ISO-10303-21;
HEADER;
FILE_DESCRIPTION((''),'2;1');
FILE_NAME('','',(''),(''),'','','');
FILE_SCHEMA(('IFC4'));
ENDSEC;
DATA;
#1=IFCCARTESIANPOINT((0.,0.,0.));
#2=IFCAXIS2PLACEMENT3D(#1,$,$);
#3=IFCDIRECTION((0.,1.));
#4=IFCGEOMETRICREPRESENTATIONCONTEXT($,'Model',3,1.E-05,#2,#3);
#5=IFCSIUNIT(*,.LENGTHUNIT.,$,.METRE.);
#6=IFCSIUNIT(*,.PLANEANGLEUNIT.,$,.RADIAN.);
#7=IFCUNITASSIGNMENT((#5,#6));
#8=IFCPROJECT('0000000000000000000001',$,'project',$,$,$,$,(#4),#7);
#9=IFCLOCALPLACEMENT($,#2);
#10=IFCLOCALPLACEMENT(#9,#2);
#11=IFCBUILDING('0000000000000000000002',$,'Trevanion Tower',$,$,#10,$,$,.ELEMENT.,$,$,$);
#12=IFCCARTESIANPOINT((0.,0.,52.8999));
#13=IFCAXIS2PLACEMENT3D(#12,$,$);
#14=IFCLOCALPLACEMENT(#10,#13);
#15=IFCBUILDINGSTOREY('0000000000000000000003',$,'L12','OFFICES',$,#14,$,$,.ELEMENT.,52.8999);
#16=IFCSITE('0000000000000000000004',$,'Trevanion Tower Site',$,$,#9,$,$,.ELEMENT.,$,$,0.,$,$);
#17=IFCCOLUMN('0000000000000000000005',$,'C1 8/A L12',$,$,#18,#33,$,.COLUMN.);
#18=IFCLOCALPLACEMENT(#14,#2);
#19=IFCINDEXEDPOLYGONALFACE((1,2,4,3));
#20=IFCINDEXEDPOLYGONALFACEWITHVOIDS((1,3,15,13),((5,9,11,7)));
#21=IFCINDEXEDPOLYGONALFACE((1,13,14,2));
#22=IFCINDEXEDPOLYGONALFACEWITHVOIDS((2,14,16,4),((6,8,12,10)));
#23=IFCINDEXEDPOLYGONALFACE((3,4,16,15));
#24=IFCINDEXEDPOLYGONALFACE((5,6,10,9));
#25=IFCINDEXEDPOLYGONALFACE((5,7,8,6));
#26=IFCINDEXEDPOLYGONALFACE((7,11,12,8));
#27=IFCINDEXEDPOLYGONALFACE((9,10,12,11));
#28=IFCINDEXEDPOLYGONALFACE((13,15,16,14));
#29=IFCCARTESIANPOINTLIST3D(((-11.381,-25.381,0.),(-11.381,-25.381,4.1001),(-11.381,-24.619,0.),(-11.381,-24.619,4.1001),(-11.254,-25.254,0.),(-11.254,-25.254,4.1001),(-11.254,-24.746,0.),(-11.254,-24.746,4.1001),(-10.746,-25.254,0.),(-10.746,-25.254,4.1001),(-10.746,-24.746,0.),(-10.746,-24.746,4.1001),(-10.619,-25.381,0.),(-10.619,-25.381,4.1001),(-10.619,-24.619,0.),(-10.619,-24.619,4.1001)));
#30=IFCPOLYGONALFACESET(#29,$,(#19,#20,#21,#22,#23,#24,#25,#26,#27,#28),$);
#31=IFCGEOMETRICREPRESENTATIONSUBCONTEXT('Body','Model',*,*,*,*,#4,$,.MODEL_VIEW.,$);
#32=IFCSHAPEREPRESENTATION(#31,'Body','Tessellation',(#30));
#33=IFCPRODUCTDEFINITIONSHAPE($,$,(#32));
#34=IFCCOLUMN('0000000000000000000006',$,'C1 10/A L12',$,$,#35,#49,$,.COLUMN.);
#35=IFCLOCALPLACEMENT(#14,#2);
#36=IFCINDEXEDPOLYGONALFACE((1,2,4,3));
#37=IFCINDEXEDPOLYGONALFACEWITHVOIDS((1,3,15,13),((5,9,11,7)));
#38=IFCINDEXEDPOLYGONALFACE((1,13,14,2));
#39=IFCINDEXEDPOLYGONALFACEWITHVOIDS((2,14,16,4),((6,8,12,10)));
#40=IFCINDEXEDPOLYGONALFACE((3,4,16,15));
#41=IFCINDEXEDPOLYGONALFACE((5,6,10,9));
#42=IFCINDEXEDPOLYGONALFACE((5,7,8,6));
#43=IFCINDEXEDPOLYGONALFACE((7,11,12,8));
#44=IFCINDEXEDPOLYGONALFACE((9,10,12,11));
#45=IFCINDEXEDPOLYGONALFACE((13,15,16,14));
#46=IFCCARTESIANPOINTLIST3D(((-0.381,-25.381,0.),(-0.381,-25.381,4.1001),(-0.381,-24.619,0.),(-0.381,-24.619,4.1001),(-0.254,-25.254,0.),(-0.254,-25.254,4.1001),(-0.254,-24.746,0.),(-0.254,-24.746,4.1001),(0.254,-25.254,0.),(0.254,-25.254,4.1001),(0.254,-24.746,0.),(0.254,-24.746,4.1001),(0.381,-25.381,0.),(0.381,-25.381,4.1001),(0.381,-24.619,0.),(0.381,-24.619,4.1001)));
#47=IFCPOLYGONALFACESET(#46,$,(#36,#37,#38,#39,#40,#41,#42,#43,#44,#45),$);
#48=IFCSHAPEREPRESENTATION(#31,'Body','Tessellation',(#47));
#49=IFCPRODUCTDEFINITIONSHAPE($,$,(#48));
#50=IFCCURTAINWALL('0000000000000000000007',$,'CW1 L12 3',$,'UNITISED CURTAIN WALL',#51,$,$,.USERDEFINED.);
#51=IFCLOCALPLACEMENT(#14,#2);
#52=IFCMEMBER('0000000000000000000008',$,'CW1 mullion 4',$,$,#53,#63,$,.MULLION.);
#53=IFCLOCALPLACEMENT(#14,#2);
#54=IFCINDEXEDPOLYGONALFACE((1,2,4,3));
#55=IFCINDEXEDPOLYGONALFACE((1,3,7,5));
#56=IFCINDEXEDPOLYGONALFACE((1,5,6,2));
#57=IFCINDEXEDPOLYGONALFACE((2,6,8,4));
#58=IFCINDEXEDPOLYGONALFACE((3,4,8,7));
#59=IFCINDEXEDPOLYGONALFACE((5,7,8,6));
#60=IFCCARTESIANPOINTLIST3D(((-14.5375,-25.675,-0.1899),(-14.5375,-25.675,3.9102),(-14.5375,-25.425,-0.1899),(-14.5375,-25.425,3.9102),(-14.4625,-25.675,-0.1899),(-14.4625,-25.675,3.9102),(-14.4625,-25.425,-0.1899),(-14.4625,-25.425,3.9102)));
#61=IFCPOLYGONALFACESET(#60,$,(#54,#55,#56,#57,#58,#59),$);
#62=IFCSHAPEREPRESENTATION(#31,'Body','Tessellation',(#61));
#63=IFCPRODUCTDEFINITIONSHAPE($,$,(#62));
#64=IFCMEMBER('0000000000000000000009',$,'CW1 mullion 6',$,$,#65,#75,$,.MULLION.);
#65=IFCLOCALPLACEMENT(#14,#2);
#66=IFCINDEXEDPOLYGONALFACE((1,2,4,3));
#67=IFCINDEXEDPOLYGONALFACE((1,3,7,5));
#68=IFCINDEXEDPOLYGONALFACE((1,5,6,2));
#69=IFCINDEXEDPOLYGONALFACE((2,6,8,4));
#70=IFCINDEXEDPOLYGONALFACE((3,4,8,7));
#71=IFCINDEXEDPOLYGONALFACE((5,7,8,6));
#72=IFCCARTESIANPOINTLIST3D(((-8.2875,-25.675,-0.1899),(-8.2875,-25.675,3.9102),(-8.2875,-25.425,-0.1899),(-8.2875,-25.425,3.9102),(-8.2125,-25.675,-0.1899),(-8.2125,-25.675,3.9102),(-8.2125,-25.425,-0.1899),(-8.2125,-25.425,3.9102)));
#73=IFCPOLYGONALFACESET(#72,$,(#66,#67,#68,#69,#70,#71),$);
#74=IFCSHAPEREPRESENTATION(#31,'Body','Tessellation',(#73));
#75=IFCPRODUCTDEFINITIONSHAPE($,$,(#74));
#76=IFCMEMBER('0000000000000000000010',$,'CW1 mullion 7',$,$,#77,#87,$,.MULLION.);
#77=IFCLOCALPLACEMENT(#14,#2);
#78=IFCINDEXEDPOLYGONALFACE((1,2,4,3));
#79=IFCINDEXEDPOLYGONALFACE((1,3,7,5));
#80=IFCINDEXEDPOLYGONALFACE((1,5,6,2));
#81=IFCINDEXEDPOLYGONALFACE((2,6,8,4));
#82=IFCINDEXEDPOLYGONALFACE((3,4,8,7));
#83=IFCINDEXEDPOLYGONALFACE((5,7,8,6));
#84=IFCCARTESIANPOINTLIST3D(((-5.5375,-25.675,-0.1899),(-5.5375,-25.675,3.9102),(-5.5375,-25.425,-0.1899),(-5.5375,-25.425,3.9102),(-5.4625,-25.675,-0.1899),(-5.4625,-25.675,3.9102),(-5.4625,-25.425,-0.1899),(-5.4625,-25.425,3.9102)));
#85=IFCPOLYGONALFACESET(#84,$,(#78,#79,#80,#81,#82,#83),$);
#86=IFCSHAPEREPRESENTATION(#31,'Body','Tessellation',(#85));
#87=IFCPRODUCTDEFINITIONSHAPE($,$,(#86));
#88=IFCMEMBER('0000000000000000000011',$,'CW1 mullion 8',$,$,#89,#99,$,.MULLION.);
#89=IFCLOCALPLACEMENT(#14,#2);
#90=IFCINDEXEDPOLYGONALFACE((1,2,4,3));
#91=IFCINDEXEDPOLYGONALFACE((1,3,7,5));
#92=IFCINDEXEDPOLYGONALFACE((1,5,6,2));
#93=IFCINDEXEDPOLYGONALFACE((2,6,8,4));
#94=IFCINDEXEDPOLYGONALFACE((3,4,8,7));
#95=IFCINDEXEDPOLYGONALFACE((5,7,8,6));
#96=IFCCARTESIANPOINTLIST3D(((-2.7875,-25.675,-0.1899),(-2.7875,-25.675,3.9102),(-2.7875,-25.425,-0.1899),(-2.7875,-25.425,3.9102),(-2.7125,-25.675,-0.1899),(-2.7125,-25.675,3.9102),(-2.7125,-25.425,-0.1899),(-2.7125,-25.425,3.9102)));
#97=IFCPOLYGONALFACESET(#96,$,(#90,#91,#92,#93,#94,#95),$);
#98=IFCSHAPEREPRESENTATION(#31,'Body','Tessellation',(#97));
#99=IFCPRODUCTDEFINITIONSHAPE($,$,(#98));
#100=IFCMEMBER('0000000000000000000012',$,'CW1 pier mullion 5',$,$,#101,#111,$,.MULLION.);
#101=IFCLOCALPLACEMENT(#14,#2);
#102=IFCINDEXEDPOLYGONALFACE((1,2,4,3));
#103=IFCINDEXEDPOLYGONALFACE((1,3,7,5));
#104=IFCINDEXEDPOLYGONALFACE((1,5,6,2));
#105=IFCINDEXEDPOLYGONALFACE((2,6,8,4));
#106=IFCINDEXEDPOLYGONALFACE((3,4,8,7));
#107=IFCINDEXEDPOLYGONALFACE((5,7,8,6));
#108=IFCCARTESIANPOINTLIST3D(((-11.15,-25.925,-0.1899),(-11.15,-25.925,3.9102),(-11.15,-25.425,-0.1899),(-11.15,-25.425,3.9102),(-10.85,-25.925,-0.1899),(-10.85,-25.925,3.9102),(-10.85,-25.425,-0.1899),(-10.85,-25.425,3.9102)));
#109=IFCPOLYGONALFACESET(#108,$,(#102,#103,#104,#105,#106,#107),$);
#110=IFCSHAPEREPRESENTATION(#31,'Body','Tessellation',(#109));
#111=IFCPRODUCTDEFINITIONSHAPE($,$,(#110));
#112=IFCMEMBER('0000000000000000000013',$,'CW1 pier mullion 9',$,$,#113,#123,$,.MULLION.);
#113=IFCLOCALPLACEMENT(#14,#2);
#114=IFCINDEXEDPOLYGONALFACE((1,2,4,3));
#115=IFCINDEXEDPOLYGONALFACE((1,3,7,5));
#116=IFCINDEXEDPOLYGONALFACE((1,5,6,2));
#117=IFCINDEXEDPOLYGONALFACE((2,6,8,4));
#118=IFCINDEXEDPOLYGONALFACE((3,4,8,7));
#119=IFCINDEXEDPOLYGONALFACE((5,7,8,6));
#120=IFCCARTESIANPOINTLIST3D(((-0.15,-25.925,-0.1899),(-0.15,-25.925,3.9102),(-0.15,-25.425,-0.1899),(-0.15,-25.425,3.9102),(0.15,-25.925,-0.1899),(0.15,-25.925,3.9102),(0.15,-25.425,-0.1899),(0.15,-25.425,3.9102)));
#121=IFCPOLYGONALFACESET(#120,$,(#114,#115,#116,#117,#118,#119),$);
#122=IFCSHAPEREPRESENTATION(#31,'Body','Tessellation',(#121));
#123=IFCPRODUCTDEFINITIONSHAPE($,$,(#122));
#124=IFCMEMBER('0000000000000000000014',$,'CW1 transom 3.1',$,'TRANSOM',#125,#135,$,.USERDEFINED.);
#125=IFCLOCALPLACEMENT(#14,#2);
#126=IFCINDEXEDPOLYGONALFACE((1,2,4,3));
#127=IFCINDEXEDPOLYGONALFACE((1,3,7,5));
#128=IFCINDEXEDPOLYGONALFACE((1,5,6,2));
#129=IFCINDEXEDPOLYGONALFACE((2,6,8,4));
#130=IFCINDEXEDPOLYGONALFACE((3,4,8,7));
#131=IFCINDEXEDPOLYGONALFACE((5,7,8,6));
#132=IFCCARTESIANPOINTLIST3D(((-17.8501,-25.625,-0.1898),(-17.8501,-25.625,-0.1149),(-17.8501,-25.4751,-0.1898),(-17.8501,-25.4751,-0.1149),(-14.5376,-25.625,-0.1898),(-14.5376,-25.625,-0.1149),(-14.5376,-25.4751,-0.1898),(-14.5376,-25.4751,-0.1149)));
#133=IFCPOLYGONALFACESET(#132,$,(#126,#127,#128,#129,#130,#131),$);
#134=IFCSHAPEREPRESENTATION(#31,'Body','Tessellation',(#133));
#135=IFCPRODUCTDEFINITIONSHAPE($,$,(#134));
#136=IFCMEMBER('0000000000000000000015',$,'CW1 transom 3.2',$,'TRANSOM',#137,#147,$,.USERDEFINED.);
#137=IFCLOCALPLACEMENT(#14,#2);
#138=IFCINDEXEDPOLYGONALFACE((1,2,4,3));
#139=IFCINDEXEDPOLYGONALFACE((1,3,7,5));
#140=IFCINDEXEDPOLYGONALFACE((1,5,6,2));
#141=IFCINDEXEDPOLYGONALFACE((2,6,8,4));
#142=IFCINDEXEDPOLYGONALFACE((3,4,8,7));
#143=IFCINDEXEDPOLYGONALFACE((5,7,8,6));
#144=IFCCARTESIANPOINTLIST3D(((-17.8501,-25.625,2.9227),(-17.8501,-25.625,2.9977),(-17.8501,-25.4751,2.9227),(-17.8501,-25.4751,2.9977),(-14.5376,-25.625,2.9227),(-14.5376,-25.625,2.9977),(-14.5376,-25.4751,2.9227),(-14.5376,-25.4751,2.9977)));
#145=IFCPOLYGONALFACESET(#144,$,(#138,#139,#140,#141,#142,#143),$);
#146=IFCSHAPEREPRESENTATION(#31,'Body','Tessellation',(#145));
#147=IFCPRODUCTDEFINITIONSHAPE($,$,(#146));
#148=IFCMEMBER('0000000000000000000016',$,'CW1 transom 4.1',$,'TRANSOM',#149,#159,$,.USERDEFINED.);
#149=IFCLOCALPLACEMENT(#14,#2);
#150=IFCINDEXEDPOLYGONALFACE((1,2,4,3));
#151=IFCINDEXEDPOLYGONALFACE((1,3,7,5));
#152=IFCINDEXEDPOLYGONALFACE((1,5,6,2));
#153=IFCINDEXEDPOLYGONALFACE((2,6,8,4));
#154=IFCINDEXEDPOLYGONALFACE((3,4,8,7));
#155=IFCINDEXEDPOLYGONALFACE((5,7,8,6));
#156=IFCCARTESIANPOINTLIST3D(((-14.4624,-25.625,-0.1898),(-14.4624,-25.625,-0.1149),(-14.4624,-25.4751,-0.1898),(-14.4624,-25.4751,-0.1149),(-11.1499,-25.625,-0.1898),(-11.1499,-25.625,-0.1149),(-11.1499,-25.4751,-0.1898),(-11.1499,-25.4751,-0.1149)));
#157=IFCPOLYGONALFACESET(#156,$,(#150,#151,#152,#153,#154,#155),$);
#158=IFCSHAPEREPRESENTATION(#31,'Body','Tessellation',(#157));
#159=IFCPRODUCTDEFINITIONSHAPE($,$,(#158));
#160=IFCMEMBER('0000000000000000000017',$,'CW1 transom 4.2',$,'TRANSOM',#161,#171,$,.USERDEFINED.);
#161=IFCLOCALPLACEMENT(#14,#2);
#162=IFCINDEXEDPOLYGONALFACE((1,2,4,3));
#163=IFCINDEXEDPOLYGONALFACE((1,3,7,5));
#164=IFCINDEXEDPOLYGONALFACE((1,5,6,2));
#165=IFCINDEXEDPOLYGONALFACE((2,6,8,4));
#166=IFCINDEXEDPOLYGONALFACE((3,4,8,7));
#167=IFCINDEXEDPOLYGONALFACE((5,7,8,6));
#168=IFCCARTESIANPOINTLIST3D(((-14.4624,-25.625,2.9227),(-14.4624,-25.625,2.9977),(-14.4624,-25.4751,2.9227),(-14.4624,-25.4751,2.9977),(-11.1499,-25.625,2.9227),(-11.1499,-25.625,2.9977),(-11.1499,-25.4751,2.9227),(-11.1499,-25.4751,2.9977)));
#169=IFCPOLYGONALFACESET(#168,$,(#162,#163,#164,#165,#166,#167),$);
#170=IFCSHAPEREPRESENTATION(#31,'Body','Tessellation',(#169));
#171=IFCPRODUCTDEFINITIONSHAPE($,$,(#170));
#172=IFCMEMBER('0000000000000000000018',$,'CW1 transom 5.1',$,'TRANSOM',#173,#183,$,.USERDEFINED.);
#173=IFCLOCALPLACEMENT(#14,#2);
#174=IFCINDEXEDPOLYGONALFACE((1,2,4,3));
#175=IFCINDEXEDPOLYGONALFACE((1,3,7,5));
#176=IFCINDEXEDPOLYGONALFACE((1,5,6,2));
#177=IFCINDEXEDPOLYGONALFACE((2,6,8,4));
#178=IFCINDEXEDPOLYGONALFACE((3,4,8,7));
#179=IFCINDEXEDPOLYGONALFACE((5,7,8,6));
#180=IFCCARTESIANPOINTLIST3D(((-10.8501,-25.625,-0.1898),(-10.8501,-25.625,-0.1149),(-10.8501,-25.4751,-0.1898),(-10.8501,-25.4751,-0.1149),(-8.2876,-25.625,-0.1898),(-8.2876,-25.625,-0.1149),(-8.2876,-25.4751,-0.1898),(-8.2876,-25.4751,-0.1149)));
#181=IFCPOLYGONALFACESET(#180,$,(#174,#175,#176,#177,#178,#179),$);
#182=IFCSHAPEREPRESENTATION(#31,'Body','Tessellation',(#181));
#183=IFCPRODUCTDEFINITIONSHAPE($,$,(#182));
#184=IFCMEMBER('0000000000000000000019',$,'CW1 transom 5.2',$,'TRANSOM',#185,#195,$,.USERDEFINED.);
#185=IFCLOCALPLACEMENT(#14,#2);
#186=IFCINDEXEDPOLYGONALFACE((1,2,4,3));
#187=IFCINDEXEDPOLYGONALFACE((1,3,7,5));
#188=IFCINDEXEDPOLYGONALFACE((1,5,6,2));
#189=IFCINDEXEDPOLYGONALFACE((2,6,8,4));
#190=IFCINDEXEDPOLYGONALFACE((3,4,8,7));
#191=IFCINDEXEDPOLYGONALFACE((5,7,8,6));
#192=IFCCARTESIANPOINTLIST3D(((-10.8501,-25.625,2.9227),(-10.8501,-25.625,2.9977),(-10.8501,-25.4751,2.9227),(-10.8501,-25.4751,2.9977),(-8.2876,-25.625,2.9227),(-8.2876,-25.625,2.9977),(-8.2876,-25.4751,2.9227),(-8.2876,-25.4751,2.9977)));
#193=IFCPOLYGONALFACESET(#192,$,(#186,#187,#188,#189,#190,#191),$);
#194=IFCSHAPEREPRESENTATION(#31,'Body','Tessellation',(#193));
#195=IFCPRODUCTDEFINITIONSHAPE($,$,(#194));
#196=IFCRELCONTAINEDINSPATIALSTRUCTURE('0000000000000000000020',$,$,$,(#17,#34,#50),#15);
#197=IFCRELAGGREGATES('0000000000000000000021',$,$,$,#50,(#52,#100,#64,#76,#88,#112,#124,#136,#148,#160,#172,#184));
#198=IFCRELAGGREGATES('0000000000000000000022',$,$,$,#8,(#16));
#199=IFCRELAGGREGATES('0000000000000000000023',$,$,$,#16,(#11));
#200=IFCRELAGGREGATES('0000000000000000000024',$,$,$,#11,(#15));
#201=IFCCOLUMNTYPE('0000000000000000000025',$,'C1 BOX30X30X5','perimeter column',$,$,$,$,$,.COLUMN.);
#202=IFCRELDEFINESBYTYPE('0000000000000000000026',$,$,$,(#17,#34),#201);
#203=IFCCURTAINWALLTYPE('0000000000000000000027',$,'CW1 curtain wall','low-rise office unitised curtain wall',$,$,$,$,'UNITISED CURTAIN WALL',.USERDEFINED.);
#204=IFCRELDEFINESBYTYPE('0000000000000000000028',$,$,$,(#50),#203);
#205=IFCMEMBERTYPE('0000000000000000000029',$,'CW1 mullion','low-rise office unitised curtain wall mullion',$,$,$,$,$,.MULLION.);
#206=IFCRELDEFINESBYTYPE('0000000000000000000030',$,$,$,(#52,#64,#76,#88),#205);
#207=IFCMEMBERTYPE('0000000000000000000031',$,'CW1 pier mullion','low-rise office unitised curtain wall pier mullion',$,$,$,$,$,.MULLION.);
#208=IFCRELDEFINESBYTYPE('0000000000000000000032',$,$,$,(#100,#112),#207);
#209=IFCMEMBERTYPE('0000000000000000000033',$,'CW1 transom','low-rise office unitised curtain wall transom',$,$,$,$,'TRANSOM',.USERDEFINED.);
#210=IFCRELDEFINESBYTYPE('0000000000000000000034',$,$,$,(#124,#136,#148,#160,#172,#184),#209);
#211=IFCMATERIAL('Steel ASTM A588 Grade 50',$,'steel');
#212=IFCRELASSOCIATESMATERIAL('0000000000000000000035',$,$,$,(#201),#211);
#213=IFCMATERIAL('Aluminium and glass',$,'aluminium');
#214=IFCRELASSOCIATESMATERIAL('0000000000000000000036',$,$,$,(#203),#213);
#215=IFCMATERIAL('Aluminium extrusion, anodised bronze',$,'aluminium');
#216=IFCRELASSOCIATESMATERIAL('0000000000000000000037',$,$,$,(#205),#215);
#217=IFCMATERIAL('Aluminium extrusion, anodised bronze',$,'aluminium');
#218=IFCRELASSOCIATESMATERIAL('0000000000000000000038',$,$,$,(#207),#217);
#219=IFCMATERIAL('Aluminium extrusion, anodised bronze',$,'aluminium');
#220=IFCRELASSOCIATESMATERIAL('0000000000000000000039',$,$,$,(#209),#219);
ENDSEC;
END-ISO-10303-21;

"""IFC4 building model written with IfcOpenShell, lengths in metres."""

from ifc_helpers import new_model, si_unit, direction, frame, origin, origin_2d, place, context, subcontext, project, spatial, rectangle, hollow_rectangle, extrude, material, material_profile, profile_set, type_object, element, aggregate, save


model = new_model("IFC4")

# Units and contexts
model_context = context("Model", 3, precision=1e-05, world=origin(), true_north=direction((0.0, 1.0)))
body_context = subcontext(model_context, "Body", "Model", "MODEL_VIEW")
ifc_project = project(units=[si_unit("LENGTHUNIT", "METRE"), si_unit("PLANEANGLEUNIT", "RADIAN")], contexts=[model_context])

# Site, building, storey
site_placement = place(None, origin())
site = spatial("IfcSite", under=ifc_project, at=site_placement, Name="Trevanion Tower Site", CompositionType="ELEMENT", RefElevation=0.0)
building_placement = place(site_placement, origin())
building = spatial("IfcBuilding", under=site, at=building_placement, Name="Trevanion Tower", CompositionType="ELEMENT")
storey_placement = place(building_placement, frame((0.0, 0.0, 52.8999)))
storey = spatial("IfcBuildingStorey", under=building, at=storey_placement, Name="L12", Description="OFFICES", CompositionType="ELEMENT", Elevation=52.8999)

# Columns
ifc_material_1 = material(Name="Steel ASTM A588 Grade 50", Category="steel")
ifc_material_profile_1 = material_profile(ifc_material_1, hollow_rectangle(XDim=0.762, YDim=0.762, WallThickness=0.127, at=origin_2d()), Name="BOX30X30X5")
ifc_profile_set_1 = profile_set([ifc_material_profile_1], Name="Steel ASTM A588 Grade 50")
column_type = type_object("IfcColumnType", Name="C1 BOX30X30X5", Description="perimeter column", PredefinedType="COLUMN", material=ifc_profile_set_1)
for number, where, z_axis, x_axis, name in (
    (1, (-11.0, -25.0, 0.0), (0.0, 0.0, 1.0), (1.0, 0.0, 0.0), "C1 8/A L12"),
    (2, (0.0, -25.0, 0.0), (0.0, 0.0, 1.0), (1.0, 0.0, 0.0), "C1 10/A L12"),
):
    element("IfcColumn", number, at=place(storey_placement, frame(where, z_axis=z_axis, x_axis=x_axis)), inside=storey, type_object=column_type, Name=name, PredefinedType="COLUMN", context=body_context, shape_type="SweptSolid", body=[
        extrude(hollow_rectangle(XDim=0.762, YDim=0.762, WallThickness=0.127, at=origin_2d()), origin(), (0.0, 0.0, 1.0), 4.1001),
    ])

# Curtain wall, members
ifc_material_2 = material(Name="Aluminium and glass", Category="aluminium")
curtain_wall_type = type_object("IfcCurtainWallType", Name="CW1 curtain wall", Description="low-rise office unitised curtain wall", ElementType="UNITISED CURTAIN WALL", PredefinedType="USERDEFINED", material=ifc_material_2)
curtain_wall_placement = place(storey_placement, origin())
curtain_wall = element("IfcCurtainWall", 3, at=curtain_wall_placement, inside=storey, type_object=curtain_wall_type, Name="CW1 L12 3", ObjectType="UNITISED CURTAIN WALL", PredefinedType="USERDEFINED")
ifc_material_3 = material(Name="Aluminium extrusion, anodised bronze", Category="aluminium")
ifc_material_profile_2 = material_profile(ifc_material_3, rectangle(XDim=0.075, YDim=0.25, at=origin_2d()), Name="CW1 mullion")
ifc_profile_set_2 = profile_set([ifc_material_profile_2], Name="Aluminium extrusion, anodised bronze")
member_type_1 = type_object("IfcMemberType", Name="CW1 mullion", Description="low-rise office unitised curtain wall mullion", PredefinedType="MULLION", material=ifc_profile_set_2)
member_1_placement = place(storey_placement, frame((-14.5, -25.55, -0.1899), z_axis=(0.0, 0.0, 1.0), x_axis=(1.0, 0.0, 0.0)))
member_1 = element("IfcMember", 4, at=member_1_placement, type_object=member_type_1, Name="CW1 mullion 4", PredefinedType="MULLION", context=body_context, shape_type="SweptSolid", body=[
    extrude(rectangle(XDim=0.075, YDim=0.25, at=origin_2d()), origin(), (0.0, 0.0, 1.0), 4.1001),
])
member_2_placement = place(storey_placement, frame((-8.25, -25.55, -0.1899), z_axis=(0.0, 0.0, 1.0), x_axis=(1.0, 0.0, 0.0)))
member_2 = element("IfcMember", 5, at=member_2_placement, type_object=member_type_1, Name="CW1 mullion 6", PredefinedType="MULLION", context=body_context, shape_type="SweptSolid", body=[
    extrude(rectangle(XDim=0.075, YDim=0.25, at=origin_2d()), origin(), (0.0, 0.0, 1.0), 4.1001),
])
member_3_placement = place(storey_placement, frame((-5.5, -25.55, -0.1899), z_axis=(0.0, 0.0, 1.0), x_axis=(1.0, 0.0, 0.0)))
member_3 = element("IfcMember", 6, at=member_3_placement, type_object=member_type_1, Name="CW1 mullion 7", PredefinedType="MULLION", context=body_context, shape_type="SweptSolid", body=[
    extrude(rectangle(XDim=0.075, YDim=0.25, at=origin_2d()), origin(), (0.0, 0.0, 1.0), 4.1001),
])
member_4_placement = place(storey_placement, frame((-2.75, -25.55, -0.1899), z_axis=(0.0, 0.0, 1.0), x_axis=(1.0, 0.0, 0.0)))
member_4 = element("IfcMember", 7, at=member_4_placement, type_object=member_type_1, Name="CW1 mullion 8", PredefinedType="MULLION", context=body_context, shape_type="SweptSolid", body=[
    extrude(rectangle(XDim=0.075, YDim=0.25, at=origin_2d()), origin(), (0.0, 0.0, 1.0), 4.1001),
])
ifc_material_4 = material(Name="Aluminium extrusion, anodised bronze", Category="aluminium")
ifc_material_profile_3 = material_profile(ifc_material_4, rectangle(XDim=0.3, YDim=0.5, at=origin_2d()), Name="CW1 pier mullion")
ifc_profile_set_3 = profile_set([ifc_material_profile_3], Name="Aluminium extrusion, anodised bronze")
member_type_2 = type_object("IfcMemberType", Name="CW1 pier mullion", Description="low-rise office unitised curtain wall pier mullion", PredefinedType="MULLION", material=ifc_profile_set_3)
member_5_placement = place(storey_placement, frame((-11.0, -25.675, -0.1899), z_axis=(0.0, 0.0, 1.0), x_axis=(1.0, 0.0, 0.0)))
member_5 = element("IfcMember", 8, at=member_5_placement, type_object=member_type_2, Name="CW1 pier mullion 5", PredefinedType="MULLION", context=body_context, shape_type="SweptSolid", body=[
    extrude(rectangle(XDim=0.3, YDim=0.5, at=origin_2d()), origin(), (0.0, 0.0, 1.0), 4.1001),
])
member_6_placement = place(storey_placement, frame((0.0, -25.675, -0.1899), z_axis=(0.0, 0.0, 1.0), x_axis=(1.0, 0.0, 0.0)))
member_6 = element("IfcMember", 9, at=member_6_placement, type_object=member_type_2, Name="CW1 pier mullion 9", PredefinedType="MULLION", context=body_context, shape_type="SweptSolid", body=[
    extrude(rectangle(XDim=0.3, YDim=0.5, at=origin_2d()), origin(), (0.0, 0.0, 1.0), 4.1001),
])
ifc_material_5 = material(Name="Aluminium extrusion, anodised bronze", Category="aluminium")
ifc_material_profile_4 = material_profile(ifc_material_5, rectangle(XDim=0.1499, YDim=0.075, at=origin_2d()), Name="CW1 transom")
ifc_profile_set_4 = profile_set([ifc_material_profile_4], Name="Aluminium extrusion, anodised bronze")
member_type_3 = type_object("IfcMemberType", Name="CW1 transom", Description="low-rise office unitised curtain wall transom", ElementType="TRANSOM", PredefinedType="USERDEFINED", material=ifc_profile_set_4)
member_7_placement = place(storey_placement, frame((-17.8501, -25.55, -0.1523), z_axis=(1.0, 0.0, 0.0), x_axis=(0.0, 1.0, 0.0)))
member_7 = element("IfcMember", 10, at=member_7_placement, type_object=member_type_3, Name="CW1 transom 3.1", ObjectType="TRANSOM", PredefinedType="USERDEFINED", context=body_context, shape_type="SweptSolid", body=[
    extrude(rectangle(XDim=0.1499, YDim=0.075, at=origin_2d()), origin(), (0.0, 0.0, 1.0), 3.3125),
])
member_8_placement = place(storey_placement, frame((-17.8501, -25.55, 2.9602), z_axis=(1.0, 0.0, 0.0), x_axis=(0.0, 1.0, 0.0)))
member_8 = element("IfcMember", 11, at=member_8_placement, type_object=member_type_3, Name="CW1 transom 3.2", ObjectType="TRANSOM", PredefinedType="USERDEFINED", context=body_context, shape_type="SweptSolid", body=[
    extrude(rectangle(XDim=0.1499, YDim=0.075, at=origin_2d()), origin(), (0.0, 0.0, 1.0), 3.3125),
])
member_9_placement = place(storey_placement, frame((-14.4624, -25.55, -0.1523), z_axis=(1.0, 0.0, 0.0), x_axis=(0.0, 1.0, 0.0)))
member_9 = element("IfcMember", 12, at=member_9_placement, type_object=member_type_3, Name="CW1 transom 4.1", ObjectType="TRANSOM", PredefinedType="USERDEFINED", context=body_context, shape_type="SweptSolid", body=[
    extrude(rectangle(XDim=0.1499, YDim=0.075, at=origin_2d()), origin(), (0.0, 0.0, 1.0), 3.3125),
])
member_10_placement = place(storey_placement, frame((-14.4624, -25.55, 2.9602), z_axis=(1.0, 0.0, 0.0), x_axis=(0.0, 1.0, 0.0)))
member_10 = element("IfcMember", 13, at=member_10_placement, type_object=member_type_3, Name="CW1 transom 4.2", ObjectType="TRANSOM", PredefinedType="USERDEFINED", context=body_context, shape_type="SweptSolid", body=[
    extrude(rectangle(XDim=0.1499, YDim=0.075, at=origin_2d()), origin(), (0.0, 0.0, 1.0), 3.3125),
])
member_11_placement = place(storey_placement, frame((-10.8501, -25.55, -0.1523), z_axis=(1.0, 0.0, 0.0), x_axis=(0.0, 1.0, 0.0)))
member_11 = element("IfcMember", 14, at=member_11_placement, type_object=member_type_3, Name="CW1 transom 5.1", ObjectType="TRANSOM", PredefinedType="USERDEFINED", context=body_context, shape_type="SweptSolid", body=[
    extrude(rectangle(XDim=0.1499, YDim=0.075, at=origin_2d()), origin(), (0.0, 0.0, 1.0), 2.5625),
])
member_12_placement = place(storey_placement, frame((-10.8501, -25.55, 2.9602), z_axis=(1.0, 0.0, 0.0), x_axis=(0.0, 1.0, 0.0)))
member_12 = element("IfcMember", 15, at=member_12_placement, type_object=member_type_3, Name="CW1 transom 5.2", ObjectType="TRANSOM", PredefinedType="USERDEFINED", context=body_context, shape_type="SweptSolid", body=[
    extrude(rectangle(XDim=0.1499, YDim=0.075, at=origin_2d()), origin(), (0.0, 0.0, 1.0), 2.5625),
])

aggregate(curtain_wall, [member_1, member_5, member_2, member_3, member_4, member_6, member_7, member_8, member_9, member_10, member_11, member_12])

save(model, "model.ifc")
